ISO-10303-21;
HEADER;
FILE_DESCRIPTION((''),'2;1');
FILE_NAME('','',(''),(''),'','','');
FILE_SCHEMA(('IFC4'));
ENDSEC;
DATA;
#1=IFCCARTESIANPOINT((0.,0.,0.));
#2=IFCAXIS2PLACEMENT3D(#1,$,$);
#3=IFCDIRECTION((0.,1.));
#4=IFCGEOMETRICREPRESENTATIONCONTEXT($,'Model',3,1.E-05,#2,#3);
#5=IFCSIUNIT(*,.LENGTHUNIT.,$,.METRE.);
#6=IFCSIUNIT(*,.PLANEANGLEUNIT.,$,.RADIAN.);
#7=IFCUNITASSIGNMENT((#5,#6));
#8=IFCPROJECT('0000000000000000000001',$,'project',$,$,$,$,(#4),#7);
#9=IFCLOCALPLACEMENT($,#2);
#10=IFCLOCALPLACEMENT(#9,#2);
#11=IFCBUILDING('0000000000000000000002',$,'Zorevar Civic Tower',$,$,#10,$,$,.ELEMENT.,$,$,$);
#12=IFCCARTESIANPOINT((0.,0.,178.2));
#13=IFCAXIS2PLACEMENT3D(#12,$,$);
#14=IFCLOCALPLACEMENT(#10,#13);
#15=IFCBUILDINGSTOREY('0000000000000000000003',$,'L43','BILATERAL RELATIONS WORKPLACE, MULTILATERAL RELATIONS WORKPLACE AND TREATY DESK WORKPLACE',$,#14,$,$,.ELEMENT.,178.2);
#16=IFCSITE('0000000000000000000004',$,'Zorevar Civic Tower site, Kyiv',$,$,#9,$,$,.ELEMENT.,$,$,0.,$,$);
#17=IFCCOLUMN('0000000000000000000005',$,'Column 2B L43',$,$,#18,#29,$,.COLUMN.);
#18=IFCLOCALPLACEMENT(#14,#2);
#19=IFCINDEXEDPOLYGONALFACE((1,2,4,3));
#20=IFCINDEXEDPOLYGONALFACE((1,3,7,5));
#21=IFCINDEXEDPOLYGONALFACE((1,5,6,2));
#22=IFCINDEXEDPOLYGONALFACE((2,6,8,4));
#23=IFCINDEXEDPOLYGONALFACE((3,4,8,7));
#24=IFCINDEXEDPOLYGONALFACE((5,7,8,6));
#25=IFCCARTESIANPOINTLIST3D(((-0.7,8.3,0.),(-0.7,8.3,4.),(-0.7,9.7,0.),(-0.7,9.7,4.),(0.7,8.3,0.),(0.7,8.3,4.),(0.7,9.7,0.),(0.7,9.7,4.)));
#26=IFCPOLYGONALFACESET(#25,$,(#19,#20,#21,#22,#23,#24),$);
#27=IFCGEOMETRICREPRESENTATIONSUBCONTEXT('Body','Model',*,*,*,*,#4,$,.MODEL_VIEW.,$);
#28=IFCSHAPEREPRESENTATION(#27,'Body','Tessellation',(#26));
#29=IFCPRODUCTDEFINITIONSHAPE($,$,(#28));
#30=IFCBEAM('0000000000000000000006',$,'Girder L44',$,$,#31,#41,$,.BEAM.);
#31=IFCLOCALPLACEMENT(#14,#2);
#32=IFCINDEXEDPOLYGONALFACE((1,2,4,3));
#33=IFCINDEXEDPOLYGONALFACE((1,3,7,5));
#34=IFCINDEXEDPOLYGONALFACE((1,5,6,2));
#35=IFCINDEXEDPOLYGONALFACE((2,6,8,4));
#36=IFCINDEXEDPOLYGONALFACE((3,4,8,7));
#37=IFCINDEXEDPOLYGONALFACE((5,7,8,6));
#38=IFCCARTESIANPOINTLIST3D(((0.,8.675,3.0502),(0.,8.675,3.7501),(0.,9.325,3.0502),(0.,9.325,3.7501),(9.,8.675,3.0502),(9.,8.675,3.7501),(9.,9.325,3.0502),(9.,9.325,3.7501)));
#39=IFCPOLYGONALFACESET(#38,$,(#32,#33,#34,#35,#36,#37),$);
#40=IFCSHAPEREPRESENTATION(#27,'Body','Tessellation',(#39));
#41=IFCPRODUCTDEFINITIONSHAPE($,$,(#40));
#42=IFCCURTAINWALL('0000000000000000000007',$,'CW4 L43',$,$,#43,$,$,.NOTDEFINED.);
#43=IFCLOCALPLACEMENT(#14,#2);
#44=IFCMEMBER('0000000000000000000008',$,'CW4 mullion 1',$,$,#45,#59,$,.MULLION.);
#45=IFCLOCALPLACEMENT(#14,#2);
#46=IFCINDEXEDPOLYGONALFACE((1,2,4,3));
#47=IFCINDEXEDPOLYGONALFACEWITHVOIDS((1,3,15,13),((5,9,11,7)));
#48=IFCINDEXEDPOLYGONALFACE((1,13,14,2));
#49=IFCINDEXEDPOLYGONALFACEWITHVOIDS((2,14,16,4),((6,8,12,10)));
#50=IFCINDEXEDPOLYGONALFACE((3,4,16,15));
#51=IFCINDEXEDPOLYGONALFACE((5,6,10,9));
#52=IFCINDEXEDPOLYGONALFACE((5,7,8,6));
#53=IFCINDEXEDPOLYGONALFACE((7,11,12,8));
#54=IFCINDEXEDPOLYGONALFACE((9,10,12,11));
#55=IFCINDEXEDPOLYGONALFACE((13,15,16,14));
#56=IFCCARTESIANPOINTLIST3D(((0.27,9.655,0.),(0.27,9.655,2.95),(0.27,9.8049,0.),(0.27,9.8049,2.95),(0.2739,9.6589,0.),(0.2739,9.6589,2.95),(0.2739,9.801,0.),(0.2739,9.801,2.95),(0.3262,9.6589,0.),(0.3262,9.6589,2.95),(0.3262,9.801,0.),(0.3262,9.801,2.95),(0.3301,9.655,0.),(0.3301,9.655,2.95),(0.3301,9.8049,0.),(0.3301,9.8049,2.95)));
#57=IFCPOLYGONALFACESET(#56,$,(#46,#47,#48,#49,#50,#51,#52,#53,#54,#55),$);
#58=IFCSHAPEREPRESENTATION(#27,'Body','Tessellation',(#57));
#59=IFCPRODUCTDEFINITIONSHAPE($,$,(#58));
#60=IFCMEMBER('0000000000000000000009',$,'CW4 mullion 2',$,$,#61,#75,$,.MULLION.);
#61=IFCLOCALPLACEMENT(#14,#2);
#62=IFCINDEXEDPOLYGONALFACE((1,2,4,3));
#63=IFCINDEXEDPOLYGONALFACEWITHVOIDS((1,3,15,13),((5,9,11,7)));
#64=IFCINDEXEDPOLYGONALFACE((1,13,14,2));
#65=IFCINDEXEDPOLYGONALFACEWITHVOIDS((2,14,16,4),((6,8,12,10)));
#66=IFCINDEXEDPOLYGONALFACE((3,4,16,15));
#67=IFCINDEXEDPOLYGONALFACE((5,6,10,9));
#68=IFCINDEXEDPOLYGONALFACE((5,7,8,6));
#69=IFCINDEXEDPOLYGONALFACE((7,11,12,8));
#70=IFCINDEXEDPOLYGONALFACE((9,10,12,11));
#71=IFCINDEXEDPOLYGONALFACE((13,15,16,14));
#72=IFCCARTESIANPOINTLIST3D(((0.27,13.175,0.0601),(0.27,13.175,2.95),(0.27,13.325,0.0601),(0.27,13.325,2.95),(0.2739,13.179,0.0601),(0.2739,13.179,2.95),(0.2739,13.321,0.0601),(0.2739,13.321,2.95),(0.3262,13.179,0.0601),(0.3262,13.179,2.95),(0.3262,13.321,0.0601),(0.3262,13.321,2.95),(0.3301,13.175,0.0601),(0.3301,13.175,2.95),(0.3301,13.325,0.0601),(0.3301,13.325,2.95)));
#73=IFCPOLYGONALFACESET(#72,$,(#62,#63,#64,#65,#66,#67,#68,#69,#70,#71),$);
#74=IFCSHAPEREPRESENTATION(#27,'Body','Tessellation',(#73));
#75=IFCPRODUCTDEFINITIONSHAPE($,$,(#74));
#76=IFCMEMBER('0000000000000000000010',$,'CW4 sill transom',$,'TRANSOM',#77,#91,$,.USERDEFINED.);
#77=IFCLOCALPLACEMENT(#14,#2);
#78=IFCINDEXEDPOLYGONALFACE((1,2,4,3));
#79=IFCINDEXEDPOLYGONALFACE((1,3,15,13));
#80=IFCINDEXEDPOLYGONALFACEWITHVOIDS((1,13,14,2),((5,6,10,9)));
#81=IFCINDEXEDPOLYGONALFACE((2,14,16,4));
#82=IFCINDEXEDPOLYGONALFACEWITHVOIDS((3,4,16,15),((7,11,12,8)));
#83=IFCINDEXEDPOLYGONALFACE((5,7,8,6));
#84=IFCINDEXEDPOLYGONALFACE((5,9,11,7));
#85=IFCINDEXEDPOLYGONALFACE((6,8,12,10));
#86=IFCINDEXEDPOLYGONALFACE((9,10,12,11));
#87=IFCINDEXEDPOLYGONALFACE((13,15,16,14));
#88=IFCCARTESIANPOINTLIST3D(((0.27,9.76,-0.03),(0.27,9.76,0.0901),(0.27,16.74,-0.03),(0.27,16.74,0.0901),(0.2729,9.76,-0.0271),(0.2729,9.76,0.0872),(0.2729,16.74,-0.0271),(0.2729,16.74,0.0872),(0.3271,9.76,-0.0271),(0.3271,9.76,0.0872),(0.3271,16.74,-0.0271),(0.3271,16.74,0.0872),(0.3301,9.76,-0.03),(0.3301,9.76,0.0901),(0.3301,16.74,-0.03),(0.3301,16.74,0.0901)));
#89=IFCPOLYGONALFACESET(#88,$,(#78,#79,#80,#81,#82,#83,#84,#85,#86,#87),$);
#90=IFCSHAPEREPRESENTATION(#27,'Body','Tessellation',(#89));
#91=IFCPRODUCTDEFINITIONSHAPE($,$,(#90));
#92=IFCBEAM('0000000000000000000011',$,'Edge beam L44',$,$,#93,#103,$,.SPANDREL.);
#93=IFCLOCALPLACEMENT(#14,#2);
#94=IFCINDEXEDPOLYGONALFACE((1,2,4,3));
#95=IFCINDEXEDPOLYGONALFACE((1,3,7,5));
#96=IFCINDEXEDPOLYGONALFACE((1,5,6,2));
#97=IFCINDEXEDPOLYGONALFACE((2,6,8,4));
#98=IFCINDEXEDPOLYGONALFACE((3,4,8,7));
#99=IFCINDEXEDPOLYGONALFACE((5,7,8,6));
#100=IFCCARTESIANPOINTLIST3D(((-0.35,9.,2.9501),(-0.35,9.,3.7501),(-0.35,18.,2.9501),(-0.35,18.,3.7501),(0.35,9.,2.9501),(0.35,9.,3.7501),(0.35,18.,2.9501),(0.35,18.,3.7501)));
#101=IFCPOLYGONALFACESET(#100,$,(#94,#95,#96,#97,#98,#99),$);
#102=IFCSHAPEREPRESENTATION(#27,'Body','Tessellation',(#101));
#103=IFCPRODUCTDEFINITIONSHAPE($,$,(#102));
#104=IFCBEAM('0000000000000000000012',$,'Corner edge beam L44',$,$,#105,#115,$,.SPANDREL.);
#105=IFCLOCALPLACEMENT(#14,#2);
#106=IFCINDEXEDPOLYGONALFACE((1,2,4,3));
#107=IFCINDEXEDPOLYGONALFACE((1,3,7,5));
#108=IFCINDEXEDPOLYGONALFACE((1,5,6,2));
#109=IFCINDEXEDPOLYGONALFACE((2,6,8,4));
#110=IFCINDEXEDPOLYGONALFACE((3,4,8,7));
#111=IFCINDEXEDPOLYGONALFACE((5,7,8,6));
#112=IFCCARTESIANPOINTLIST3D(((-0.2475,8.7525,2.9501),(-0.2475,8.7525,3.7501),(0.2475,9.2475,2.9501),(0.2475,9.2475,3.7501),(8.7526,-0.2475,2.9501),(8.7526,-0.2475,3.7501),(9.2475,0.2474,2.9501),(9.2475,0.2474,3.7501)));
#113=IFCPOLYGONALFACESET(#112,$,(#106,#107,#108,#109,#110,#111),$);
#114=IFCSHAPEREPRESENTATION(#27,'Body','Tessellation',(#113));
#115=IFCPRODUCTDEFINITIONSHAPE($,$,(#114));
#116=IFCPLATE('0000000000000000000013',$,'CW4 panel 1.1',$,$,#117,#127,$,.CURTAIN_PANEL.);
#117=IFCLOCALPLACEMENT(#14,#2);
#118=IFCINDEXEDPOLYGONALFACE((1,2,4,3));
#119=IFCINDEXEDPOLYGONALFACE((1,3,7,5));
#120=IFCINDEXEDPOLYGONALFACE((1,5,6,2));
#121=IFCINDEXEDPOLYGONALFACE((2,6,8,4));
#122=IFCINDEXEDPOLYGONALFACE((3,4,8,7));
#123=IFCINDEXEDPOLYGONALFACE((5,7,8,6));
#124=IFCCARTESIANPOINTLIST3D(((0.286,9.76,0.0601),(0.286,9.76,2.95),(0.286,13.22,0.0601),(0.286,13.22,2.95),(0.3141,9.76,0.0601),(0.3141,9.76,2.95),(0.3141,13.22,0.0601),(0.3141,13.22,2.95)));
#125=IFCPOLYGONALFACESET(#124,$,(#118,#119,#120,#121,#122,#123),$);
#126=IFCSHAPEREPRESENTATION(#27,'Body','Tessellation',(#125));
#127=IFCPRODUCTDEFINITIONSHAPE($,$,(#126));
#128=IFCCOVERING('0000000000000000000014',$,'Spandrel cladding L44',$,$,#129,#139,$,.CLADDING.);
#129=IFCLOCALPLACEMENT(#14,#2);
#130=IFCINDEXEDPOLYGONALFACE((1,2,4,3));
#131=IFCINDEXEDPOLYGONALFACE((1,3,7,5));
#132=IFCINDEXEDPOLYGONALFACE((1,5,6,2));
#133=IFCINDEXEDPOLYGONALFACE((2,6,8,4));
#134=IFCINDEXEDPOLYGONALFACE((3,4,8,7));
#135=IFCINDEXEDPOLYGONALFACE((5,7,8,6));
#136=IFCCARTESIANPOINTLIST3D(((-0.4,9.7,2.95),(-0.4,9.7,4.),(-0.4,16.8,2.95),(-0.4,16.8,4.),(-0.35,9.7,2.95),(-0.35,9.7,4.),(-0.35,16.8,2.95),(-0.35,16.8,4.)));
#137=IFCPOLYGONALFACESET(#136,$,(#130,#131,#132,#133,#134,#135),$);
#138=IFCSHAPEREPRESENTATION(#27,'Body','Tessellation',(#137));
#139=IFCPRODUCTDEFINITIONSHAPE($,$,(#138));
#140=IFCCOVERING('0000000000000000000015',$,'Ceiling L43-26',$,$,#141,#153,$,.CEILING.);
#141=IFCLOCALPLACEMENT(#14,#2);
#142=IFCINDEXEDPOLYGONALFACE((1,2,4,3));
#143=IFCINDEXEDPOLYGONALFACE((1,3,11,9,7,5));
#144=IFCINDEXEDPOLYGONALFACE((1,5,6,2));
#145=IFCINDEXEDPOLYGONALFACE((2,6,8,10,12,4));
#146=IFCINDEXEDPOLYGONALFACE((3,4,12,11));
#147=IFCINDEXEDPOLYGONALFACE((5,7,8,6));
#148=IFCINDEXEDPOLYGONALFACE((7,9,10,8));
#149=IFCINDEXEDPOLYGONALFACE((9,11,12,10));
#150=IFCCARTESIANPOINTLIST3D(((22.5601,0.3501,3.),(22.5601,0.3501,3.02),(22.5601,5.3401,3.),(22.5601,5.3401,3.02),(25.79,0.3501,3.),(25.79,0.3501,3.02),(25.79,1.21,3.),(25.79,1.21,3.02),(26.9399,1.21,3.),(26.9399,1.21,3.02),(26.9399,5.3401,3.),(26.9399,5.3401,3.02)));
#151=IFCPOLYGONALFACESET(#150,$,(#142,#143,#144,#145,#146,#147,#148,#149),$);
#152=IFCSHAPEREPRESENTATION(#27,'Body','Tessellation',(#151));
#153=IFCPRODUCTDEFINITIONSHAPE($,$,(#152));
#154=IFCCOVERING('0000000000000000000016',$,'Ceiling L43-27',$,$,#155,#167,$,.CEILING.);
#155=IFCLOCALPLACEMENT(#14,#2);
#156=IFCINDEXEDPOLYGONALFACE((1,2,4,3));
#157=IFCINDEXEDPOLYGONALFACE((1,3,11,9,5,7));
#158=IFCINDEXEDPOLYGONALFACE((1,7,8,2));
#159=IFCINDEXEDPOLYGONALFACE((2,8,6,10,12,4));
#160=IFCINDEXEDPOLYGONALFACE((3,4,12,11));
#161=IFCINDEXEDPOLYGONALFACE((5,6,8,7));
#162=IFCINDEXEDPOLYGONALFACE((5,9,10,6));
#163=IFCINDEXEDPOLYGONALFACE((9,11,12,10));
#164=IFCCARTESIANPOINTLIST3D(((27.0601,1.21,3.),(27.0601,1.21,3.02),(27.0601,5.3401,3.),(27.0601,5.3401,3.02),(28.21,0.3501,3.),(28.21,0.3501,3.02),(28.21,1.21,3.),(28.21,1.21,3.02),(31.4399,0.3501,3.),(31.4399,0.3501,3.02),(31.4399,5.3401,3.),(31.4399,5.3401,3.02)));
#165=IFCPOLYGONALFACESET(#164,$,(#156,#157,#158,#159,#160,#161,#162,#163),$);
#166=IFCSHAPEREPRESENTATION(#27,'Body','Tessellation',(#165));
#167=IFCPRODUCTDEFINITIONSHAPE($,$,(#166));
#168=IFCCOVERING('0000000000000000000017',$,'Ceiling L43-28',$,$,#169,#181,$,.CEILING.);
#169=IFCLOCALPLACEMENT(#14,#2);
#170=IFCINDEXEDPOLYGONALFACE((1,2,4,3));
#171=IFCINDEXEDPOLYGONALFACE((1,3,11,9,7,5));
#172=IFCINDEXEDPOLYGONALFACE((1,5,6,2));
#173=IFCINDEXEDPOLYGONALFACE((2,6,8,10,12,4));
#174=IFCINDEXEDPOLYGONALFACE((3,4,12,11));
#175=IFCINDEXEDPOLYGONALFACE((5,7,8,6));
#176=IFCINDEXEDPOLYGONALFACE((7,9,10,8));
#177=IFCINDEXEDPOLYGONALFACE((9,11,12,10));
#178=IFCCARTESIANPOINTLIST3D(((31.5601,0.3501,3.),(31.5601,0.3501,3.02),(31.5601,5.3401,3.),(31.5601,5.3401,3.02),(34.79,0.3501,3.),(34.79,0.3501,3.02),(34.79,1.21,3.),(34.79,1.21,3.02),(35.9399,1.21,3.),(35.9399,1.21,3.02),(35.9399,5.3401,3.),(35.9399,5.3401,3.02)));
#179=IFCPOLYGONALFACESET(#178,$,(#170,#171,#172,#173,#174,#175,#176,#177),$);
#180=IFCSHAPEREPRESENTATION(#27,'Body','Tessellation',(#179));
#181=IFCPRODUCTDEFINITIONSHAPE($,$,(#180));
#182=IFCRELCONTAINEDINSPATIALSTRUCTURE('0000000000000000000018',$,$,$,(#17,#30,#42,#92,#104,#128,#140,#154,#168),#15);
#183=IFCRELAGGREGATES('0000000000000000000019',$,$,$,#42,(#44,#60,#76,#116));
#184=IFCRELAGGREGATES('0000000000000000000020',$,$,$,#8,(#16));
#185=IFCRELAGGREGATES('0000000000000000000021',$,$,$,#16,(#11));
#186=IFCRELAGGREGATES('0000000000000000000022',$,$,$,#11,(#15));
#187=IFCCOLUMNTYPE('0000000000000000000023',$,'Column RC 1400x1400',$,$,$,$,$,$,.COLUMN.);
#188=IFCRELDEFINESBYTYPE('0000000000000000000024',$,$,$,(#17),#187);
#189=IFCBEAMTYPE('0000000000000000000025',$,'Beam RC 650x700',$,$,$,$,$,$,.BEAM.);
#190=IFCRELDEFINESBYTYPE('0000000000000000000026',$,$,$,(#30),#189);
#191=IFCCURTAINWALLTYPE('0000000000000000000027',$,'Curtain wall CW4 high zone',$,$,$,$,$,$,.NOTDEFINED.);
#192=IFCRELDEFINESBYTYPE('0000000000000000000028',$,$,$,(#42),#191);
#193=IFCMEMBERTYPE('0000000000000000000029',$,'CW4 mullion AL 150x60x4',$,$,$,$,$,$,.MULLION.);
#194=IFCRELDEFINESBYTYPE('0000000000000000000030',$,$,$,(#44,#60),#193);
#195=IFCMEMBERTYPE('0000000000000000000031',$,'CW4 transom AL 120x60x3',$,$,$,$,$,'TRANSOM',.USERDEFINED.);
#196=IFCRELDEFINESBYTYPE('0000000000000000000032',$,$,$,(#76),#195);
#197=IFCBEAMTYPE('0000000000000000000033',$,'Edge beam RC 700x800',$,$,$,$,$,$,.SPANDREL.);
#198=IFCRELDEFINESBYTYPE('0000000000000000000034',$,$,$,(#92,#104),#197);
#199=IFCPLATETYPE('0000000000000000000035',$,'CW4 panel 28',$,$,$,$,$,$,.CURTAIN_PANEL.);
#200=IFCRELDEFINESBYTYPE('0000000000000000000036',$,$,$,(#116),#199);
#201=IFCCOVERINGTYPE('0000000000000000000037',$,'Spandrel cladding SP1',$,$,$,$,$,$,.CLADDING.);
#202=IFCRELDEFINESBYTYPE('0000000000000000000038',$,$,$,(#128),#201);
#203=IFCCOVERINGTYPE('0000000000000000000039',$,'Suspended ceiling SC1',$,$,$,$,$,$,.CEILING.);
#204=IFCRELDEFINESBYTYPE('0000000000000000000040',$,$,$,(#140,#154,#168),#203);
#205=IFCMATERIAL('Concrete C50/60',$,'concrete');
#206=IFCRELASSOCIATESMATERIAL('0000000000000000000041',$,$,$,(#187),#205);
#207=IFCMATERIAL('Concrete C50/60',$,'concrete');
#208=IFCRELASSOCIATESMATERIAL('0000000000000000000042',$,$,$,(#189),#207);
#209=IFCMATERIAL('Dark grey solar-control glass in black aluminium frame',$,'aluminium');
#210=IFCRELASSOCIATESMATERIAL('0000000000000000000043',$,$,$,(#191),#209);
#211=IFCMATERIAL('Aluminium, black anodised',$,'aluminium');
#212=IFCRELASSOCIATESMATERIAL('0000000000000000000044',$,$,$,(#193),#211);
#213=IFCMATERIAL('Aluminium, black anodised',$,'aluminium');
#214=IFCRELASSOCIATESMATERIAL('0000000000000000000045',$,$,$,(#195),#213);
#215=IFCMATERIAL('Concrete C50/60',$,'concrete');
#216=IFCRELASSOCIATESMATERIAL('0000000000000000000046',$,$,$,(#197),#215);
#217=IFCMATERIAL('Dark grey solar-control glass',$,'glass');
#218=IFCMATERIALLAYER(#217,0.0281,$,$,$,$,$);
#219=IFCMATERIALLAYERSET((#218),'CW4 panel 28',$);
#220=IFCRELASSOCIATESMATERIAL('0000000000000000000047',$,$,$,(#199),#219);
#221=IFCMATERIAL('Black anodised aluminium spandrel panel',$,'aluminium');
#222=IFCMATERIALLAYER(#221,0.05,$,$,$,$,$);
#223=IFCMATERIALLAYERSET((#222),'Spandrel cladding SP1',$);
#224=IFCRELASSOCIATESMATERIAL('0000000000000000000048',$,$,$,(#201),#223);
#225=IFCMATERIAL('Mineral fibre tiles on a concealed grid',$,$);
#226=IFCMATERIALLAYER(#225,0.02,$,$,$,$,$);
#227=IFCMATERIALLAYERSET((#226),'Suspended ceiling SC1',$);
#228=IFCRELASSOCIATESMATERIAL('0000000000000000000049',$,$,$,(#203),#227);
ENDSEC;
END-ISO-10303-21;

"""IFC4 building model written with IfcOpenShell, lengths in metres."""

from ifc_helpers import new_model, si_unit, direction, frame, frame_2d, origin, origin_2d, place, context, subcontext, project, spatial, polyline, rectangle, hollow_rectangle, outline, extrude, material, layer, layer_set, material_profile, profile_set, type_object, element, aggregate, save


model = new_model("IFC4")

# Units and contexts
model_context = context("Model", 3, precision=1e-05, world=origin(), true_north=direction((0.0, 1.0)))
body_context = subcontext(model_context, "Body", "Model", "MODEL_VIEW")
ifc_project = project(units=[si_unit("LENGTHUNIT", "METRE"), si_unit("PLANEANGLEUNIT", "RADIAN")], contexts=[model_context])

# Site, building, storey
site_placement = place(None, origin())
site = spatial("IfcSite", under=ifc_project, at=site_placement, Name="Zorevar Civic Tower site, Kyiv", CompositionType="ELEMENT", RefElevation=0.0)
building_placement = place(site_placement, origin())
building = spatial("IfcBuilding", under=site, at=building_placement, Name="Zorevar Civic Tower", CompositionType="ELEMENT")
storey_placement = place(building_placement, frame((0.0, 0.0, 178.2)))
storey = spatial("IfcBuildingStorey", under=building, at=storey_placement, Name="L43", Description="BILATERAL RELATIONS WORKPLACE, MULTILATERAL RELATIONS WORKPLACE AND TREATY DESK WORKPLACE", CompositionType="ELEMENT", Elevation=178.2)

# Column
ifc_material_1 = material(Name="Concrete C50/60", Category="concrete")
ifc_material_profile_1 = material_profile(ifc_material_1, rectangle(XDim=1.3999, YDim=1.3999, at=origin_2d()), Name="RC 1400x1400")
ifc_profile_set_1 = profile_set([ifc_material_profile_1], Name="Concrete C50/60")
column_type = type_object("IfcColumnType", Name="Column RC 1400x1400", PredefinedType="COLUMN", material=ifc_profile_set_1)
column_placement = place(storey_placement, frame((0.0, 9.0, 0.0), z_axis=(0.0, 0.0, 1.0), x_axis=(1.0, 0.0, 0.0)))
element("IfcColumn", 1, at=column_placement, inside=storey, type_object=column_type, Name="Column 2B L43", PredefinedType="COLUMN", context=body_context, shape_type="SweptSolid", body=[
    extrude(rectangle(XDim=1.3999, YDim=1.3999, at=origin_2d()), origin(), (0.0, 0.0, 1.0), 4.0),
])

# Beam
ifc_material_2 = material(Name="Concrete C50/60", Category="concrete")
ifc_material_profile_2 = material_profile(ifc_material_2, rectangle(XDim=0.6499, YDim=0.7, at=origin_2d()), Name="RC 650x700")
ifc_profile_set_2 = profile_set([ifc_material_profile_2], Name="Concrete C50/60")
beam_type_1 = type_object("IfcBeamType", Name="Beam RC 650x700", PredefinedType="BEAM", material=ifc_profile_set_2)
beam_1_placement = place(storey_placement, frame((0.0, 9.0, 3.4001), z_axis=(1.0, 0.0, 0.0), x_axis=(0.0, 1.0, 0.0)))
element("IfcBeam", 2, at=beam_1_placement, inside=storey, type_object=beam_type_1, Name="Girder L44", PredefinedType="BEAM", context=body_context, shape_type="SweptSolid", body=[
    extrude(rectangle(XDim=0.6499, YDim=0.7, at=origin_2d()), origin(), (0.0, 0.0, 1.0), 9.0),
])

# Curtain wall, members
ifc_material_3 = material(Name="Dark grey solar-control glass in black aluminium frame", Category="aluminium")
curtain_wall_type = type_object("IfcCurtainWallType", Name="Curtain wall CW4 high zone", PredefinedType="NOTDEFINED", material=ifc_material_3)
curtain_wall_placement = place(storey_placement, origin())
curtain_wall = element("IfcCurtainWall", 3, at=curtain_wall_placement, inside=storey, type_object=curtain_wall_type, Name="CW4 L43", PredefinedType="NOTDEFINED")
ifc_material_4 = material(Name="Aluminium, black anodised", Category="aluminium")
ifc_material_profile_3 = material_profile(ifc_material_4, hollow_rectangle(XDim=0.0601, YDim=0.1499, WallThickness=0.0039, at=origin_2d()), Name="AL 150x60x4")
ifc_profile_set_3 = profile_set([ifc_material_profile_3], Name="Aluminium, black anodised")
member_type_1 = type_object("IfcMemberType", Name="CW4 mullion AL 150x60x4", PredefinedType="MULLION", material=ifc_profile_set_3)
member_1_placement = place(storey_placement, frame((0.3, 9.73, 0.0), z_axis=(0.0, 0.0, 1.0), x_axis=(-1.0, 0.0, 0.0)))
member_1 = element("IfcMember", 4, at=member_1_placement, type_object=member_type_1, Name="CW4 mullion 1", PredefinedType="MULLION", context=body_context, shape_type="SweptSolid", body=[
    extrude(hollow_rectangle(XDim=0.0601, YDim=0.1499, WallThickness=0.0039, at=origin_2d()), origin(), (0.0, 0.0, 1.0), 2.95),
])
member_2_placement = place(storey_placement, frame((0.3, 13.25, 0.0601), z_axis=(0.0, 0.0, 1.0), x_axis=(-1.0, 0.0, 0.0)))
member_2 = element("IfcMember", 5, at=member_2_placement, type_object=member_type_1, Name="CW4 mullion 2", PredefinedType="MULLION", context=body_context, shape_type="SweptSolid", body=[
    extrude(hollow_rectangle(XDim=0.0601, YDim=0.1499, WallThickness=0.0039, at=origin_2d()), origin(), (0.0, 0.0, 1.0), 2.8899),
])
ifc_material_5 = material(Name="Aluminium, black anodised", Category="aluminium")
ifc_material_profile_4 = material_profile(ifc_material_5, hollow_rectangle(XDim=0.0601, YDim=0.1201, WallThickness=0.0029, at=origin_2d()), Name="AL 120x60x3")
ifc_profile_set_4 = profile_set([ifc_material_profile_4], Name="Aluminium, black anodised")
member_type_2 = type_object("IfcMemberType", Name="CW4 transom AL 120x60x3", ElementType="TRANSOM", PredefinedType="USERDEFINED", material=ifc_profile_set_4)
member_3_placement = place(storey_placement, frame((0.3, 9.76, 0.03), z_axis=(0.0, 1.0, 0.0), x_axis=(-1.0, 0.0, 0.0)))
member_3 = element("IfcMember", 6, at=member_3_placement, type_object=member_type_2, Name="CW4 sill transom", ObjectType="TRANSOM", PredefinedType="USERDEFINED", context=body_context, shape_type="SweptSolid", body=[
    extrude(hollow_rectangle(XDim=0.0601, YDim=0.1201, WallThickness=0.0029, at=origin_2d()), origin(), (0.0, 0.0, 1.0), 6.98),
])

# Beams
ifc_material_6 = material(Name="Concrete C50/60", Category="concrete")
ifc_material_profile_5 = material_profile(ifc_material_6, rectangle(XDim=0.7, YDim=0.8, at=origin_2d()), Name="RC 700x800")
ifc_profile_set_5 = profile_set([ifc_material_profile_5], Name="Concrete C50/60")
beam_type_2 = type_object("IfcBeamType", Name="Edge beam RC 700x800", PredefinedType="SPANDREL", material=ifc_profile_set_5)
beam_2_placement = place(storey_placement, frame((0.0, 9.0, 3.3501), z_axis=(0.0, 1.0, 0.0), x_axis=(-1.0, 0.0, 0.0)))
element("IfcBeam", 7, at=beam_2_placement, inside=storey, type_object=beam_type_2, Name="Edge beam L44", PredefinedType="SPANDREL", context=body_context, shape_type="SweptSolid", body=[
    extrude(rectangle(XDim=0.7, YDim=0.8, at=origin_2d()), origin(), (0.0, 0.0, 1.0), 9.0),
])
beam_3_placement = place(storey_placement, frame((0.0, 9.0, 3.3501), z_axis=(0.707107, -0.707107, 0.0), x_axis=(0.707107, 0.707107, 0.0)))
element("IfcBeam", 8, at=beam_3_placement, inside=storey, type_object=beam_type_2, Name="Corner edge beam L44", PredefinedType="SPANDREL", context=body_context, shape_type="SweptSolid", body=[
    extrude(rectangle(XDim=0.7, YDim=0.8, at=origin_2d()), origin(), (0.0, 0.0, 1.0), 12.728),
])

# Plate
ifc_material_7 = material(Name="Dark grey solar-control glass", Category="glass")
ifc_layer_1 = layer(ifc_material_7, 0.0281)
ifc_layer_set_1 = layer_set([ifc_layer_1], Name="CW4 panel 28")
plate_type = type_object("IfcPlateType", Name="CW4 panel 28", PredefinedType="CURTAIN_PANEL", material=ifc_layer_set_1)
plate_placement = place(storey_placement, frame((0.3, 11.49, 0.0601), z_axis=(0.0, 0.0, 1.0), x_axis=(0.0, 1.0, 0.0)))
plate = element("IfcPlate", 9, at=plate_placement, type_object=plate_type, Name="CW4 panel 1.1", PredefinedType="CURTAIN_PANEL", context=body_context, shape_type="SweptSolid", body=[
    extrude(rectangle(XDim=3.46, YDim=0.0281, at=origin_2d()), origin(), (0.0, 0.0, 1.0), 2.8899),
])
aggregate(curtain_wall, [member_1, member_2, member_3, plate])

# Coverings
ifc_material_8 = material(Name="Black anodised aluminium spandrel panel", Category="aluminium")
ifc_layer_2 = layer(ifc_material_8, 0.05)
ifc_layer_set_2 = layer_set([ifc_layer_2], Name="Spandrel cladding SP1")
covering_type_1 = type_object("IfcCoveringType", Name="Spandrel cladding SP1", PredefinedType="CLADDING", material=ifc_layer_set_2)
covering_1_placement = place(storey_placement, frame((-0.375, 9.7, 2.95), z_axis=(0.0, 0.0, 1.0), x_axis=(0.0, 1.0, 0.0)))
element("IfcCovering", 10, at=covering_1_placement, inside=storey, type_object=covering_type_1, Name="Spandrel cladding L44", PredefinedType="CLADDING", context=body_context, shape_type="SweptSolid", body=[
    extrude(rectangle(XDim=7.1001, YDim=0.05, at=frame_2d((3.55, 0.0))), origin(), (0.0, 0.0, 1.0), 1.05),
])
ifc_material_9 = material(Name="Mineral fibre tiles on a concealed grid")
ifc_layer_3 = layer(ifc_material_9, 0.02)
ifc_layer_set_3 = layer_set([ifc_layer_3], Name="Suspended ceiling SC1")
covering_type_2 = type_object("IfcCoveringType", Name="Suspended ceiling SC1", PredefinedType="CEILING", material=ifc_layer_set_3)
covering_2_placement = place(storey_placement, frame((0.0, 0.0, 3.0)))
element("IfcCovering", 11, at=covering_2_placement, inside=storey, type_object=covering_type_2, Name="Ceiling L43-26", PredefinedType="CEILING", context=body_context, shape_type="SweptSolid", body=[
    extrude(outline(polyline([(26.9399, 5.3401), (26.9399, 1.21), (25.79, 1.21), (25.79, 0.3501), (22.5601, 0.3501), (22.5601, 5.3401), (26.9399, 5.3401)])), origin(), (0.0, 0.0, 1.0), 0.02),
])
covering_3_placement = place(storey_placement, frame((0.0, 0.0, 3.0)))
element("IfcCovering", 12, at=covering_3_placement, inside=storey, type_object=covering_type_2, Name="Ceiling L43-27", PredefinedType="CEILING", context=body_context, shape_type="SweptSolid", body=[
    extrude(outline(polyline([(31.4399, 5.3401), (31.4399, 0.3501), (28.21, 0.3501), (28.21, 1.21), (27.0601, 1.21), (27.0601, 5.3401), (31.4399, 5.3401)])), origin(), (0.0, 0.0, 1.0), 0.02),
])
covering_4_placement = place(storey_placement, frame((0.0, 0.0, 3.0)))
element("IfcCovering", 13, at=covering_4_placement, inside=storey, type_object=covering_type_2, Name="Ceiling L43-28", PredefinedType="CEILING", context=body_context, shape_type="SweptSolid", body=[
    extrude(outline(polyline([(35.9399, 5.3401), (35.9399, 1.21), (34.79, 1.21), (34.79, 0.3501), (31.5601, 0.3501), (31.5601, 5.3401), (35.9399, 5.3401)])), origin(), (0.0, 0.0, 1.0), 0.02),
])

save(model, "model.ifc")
